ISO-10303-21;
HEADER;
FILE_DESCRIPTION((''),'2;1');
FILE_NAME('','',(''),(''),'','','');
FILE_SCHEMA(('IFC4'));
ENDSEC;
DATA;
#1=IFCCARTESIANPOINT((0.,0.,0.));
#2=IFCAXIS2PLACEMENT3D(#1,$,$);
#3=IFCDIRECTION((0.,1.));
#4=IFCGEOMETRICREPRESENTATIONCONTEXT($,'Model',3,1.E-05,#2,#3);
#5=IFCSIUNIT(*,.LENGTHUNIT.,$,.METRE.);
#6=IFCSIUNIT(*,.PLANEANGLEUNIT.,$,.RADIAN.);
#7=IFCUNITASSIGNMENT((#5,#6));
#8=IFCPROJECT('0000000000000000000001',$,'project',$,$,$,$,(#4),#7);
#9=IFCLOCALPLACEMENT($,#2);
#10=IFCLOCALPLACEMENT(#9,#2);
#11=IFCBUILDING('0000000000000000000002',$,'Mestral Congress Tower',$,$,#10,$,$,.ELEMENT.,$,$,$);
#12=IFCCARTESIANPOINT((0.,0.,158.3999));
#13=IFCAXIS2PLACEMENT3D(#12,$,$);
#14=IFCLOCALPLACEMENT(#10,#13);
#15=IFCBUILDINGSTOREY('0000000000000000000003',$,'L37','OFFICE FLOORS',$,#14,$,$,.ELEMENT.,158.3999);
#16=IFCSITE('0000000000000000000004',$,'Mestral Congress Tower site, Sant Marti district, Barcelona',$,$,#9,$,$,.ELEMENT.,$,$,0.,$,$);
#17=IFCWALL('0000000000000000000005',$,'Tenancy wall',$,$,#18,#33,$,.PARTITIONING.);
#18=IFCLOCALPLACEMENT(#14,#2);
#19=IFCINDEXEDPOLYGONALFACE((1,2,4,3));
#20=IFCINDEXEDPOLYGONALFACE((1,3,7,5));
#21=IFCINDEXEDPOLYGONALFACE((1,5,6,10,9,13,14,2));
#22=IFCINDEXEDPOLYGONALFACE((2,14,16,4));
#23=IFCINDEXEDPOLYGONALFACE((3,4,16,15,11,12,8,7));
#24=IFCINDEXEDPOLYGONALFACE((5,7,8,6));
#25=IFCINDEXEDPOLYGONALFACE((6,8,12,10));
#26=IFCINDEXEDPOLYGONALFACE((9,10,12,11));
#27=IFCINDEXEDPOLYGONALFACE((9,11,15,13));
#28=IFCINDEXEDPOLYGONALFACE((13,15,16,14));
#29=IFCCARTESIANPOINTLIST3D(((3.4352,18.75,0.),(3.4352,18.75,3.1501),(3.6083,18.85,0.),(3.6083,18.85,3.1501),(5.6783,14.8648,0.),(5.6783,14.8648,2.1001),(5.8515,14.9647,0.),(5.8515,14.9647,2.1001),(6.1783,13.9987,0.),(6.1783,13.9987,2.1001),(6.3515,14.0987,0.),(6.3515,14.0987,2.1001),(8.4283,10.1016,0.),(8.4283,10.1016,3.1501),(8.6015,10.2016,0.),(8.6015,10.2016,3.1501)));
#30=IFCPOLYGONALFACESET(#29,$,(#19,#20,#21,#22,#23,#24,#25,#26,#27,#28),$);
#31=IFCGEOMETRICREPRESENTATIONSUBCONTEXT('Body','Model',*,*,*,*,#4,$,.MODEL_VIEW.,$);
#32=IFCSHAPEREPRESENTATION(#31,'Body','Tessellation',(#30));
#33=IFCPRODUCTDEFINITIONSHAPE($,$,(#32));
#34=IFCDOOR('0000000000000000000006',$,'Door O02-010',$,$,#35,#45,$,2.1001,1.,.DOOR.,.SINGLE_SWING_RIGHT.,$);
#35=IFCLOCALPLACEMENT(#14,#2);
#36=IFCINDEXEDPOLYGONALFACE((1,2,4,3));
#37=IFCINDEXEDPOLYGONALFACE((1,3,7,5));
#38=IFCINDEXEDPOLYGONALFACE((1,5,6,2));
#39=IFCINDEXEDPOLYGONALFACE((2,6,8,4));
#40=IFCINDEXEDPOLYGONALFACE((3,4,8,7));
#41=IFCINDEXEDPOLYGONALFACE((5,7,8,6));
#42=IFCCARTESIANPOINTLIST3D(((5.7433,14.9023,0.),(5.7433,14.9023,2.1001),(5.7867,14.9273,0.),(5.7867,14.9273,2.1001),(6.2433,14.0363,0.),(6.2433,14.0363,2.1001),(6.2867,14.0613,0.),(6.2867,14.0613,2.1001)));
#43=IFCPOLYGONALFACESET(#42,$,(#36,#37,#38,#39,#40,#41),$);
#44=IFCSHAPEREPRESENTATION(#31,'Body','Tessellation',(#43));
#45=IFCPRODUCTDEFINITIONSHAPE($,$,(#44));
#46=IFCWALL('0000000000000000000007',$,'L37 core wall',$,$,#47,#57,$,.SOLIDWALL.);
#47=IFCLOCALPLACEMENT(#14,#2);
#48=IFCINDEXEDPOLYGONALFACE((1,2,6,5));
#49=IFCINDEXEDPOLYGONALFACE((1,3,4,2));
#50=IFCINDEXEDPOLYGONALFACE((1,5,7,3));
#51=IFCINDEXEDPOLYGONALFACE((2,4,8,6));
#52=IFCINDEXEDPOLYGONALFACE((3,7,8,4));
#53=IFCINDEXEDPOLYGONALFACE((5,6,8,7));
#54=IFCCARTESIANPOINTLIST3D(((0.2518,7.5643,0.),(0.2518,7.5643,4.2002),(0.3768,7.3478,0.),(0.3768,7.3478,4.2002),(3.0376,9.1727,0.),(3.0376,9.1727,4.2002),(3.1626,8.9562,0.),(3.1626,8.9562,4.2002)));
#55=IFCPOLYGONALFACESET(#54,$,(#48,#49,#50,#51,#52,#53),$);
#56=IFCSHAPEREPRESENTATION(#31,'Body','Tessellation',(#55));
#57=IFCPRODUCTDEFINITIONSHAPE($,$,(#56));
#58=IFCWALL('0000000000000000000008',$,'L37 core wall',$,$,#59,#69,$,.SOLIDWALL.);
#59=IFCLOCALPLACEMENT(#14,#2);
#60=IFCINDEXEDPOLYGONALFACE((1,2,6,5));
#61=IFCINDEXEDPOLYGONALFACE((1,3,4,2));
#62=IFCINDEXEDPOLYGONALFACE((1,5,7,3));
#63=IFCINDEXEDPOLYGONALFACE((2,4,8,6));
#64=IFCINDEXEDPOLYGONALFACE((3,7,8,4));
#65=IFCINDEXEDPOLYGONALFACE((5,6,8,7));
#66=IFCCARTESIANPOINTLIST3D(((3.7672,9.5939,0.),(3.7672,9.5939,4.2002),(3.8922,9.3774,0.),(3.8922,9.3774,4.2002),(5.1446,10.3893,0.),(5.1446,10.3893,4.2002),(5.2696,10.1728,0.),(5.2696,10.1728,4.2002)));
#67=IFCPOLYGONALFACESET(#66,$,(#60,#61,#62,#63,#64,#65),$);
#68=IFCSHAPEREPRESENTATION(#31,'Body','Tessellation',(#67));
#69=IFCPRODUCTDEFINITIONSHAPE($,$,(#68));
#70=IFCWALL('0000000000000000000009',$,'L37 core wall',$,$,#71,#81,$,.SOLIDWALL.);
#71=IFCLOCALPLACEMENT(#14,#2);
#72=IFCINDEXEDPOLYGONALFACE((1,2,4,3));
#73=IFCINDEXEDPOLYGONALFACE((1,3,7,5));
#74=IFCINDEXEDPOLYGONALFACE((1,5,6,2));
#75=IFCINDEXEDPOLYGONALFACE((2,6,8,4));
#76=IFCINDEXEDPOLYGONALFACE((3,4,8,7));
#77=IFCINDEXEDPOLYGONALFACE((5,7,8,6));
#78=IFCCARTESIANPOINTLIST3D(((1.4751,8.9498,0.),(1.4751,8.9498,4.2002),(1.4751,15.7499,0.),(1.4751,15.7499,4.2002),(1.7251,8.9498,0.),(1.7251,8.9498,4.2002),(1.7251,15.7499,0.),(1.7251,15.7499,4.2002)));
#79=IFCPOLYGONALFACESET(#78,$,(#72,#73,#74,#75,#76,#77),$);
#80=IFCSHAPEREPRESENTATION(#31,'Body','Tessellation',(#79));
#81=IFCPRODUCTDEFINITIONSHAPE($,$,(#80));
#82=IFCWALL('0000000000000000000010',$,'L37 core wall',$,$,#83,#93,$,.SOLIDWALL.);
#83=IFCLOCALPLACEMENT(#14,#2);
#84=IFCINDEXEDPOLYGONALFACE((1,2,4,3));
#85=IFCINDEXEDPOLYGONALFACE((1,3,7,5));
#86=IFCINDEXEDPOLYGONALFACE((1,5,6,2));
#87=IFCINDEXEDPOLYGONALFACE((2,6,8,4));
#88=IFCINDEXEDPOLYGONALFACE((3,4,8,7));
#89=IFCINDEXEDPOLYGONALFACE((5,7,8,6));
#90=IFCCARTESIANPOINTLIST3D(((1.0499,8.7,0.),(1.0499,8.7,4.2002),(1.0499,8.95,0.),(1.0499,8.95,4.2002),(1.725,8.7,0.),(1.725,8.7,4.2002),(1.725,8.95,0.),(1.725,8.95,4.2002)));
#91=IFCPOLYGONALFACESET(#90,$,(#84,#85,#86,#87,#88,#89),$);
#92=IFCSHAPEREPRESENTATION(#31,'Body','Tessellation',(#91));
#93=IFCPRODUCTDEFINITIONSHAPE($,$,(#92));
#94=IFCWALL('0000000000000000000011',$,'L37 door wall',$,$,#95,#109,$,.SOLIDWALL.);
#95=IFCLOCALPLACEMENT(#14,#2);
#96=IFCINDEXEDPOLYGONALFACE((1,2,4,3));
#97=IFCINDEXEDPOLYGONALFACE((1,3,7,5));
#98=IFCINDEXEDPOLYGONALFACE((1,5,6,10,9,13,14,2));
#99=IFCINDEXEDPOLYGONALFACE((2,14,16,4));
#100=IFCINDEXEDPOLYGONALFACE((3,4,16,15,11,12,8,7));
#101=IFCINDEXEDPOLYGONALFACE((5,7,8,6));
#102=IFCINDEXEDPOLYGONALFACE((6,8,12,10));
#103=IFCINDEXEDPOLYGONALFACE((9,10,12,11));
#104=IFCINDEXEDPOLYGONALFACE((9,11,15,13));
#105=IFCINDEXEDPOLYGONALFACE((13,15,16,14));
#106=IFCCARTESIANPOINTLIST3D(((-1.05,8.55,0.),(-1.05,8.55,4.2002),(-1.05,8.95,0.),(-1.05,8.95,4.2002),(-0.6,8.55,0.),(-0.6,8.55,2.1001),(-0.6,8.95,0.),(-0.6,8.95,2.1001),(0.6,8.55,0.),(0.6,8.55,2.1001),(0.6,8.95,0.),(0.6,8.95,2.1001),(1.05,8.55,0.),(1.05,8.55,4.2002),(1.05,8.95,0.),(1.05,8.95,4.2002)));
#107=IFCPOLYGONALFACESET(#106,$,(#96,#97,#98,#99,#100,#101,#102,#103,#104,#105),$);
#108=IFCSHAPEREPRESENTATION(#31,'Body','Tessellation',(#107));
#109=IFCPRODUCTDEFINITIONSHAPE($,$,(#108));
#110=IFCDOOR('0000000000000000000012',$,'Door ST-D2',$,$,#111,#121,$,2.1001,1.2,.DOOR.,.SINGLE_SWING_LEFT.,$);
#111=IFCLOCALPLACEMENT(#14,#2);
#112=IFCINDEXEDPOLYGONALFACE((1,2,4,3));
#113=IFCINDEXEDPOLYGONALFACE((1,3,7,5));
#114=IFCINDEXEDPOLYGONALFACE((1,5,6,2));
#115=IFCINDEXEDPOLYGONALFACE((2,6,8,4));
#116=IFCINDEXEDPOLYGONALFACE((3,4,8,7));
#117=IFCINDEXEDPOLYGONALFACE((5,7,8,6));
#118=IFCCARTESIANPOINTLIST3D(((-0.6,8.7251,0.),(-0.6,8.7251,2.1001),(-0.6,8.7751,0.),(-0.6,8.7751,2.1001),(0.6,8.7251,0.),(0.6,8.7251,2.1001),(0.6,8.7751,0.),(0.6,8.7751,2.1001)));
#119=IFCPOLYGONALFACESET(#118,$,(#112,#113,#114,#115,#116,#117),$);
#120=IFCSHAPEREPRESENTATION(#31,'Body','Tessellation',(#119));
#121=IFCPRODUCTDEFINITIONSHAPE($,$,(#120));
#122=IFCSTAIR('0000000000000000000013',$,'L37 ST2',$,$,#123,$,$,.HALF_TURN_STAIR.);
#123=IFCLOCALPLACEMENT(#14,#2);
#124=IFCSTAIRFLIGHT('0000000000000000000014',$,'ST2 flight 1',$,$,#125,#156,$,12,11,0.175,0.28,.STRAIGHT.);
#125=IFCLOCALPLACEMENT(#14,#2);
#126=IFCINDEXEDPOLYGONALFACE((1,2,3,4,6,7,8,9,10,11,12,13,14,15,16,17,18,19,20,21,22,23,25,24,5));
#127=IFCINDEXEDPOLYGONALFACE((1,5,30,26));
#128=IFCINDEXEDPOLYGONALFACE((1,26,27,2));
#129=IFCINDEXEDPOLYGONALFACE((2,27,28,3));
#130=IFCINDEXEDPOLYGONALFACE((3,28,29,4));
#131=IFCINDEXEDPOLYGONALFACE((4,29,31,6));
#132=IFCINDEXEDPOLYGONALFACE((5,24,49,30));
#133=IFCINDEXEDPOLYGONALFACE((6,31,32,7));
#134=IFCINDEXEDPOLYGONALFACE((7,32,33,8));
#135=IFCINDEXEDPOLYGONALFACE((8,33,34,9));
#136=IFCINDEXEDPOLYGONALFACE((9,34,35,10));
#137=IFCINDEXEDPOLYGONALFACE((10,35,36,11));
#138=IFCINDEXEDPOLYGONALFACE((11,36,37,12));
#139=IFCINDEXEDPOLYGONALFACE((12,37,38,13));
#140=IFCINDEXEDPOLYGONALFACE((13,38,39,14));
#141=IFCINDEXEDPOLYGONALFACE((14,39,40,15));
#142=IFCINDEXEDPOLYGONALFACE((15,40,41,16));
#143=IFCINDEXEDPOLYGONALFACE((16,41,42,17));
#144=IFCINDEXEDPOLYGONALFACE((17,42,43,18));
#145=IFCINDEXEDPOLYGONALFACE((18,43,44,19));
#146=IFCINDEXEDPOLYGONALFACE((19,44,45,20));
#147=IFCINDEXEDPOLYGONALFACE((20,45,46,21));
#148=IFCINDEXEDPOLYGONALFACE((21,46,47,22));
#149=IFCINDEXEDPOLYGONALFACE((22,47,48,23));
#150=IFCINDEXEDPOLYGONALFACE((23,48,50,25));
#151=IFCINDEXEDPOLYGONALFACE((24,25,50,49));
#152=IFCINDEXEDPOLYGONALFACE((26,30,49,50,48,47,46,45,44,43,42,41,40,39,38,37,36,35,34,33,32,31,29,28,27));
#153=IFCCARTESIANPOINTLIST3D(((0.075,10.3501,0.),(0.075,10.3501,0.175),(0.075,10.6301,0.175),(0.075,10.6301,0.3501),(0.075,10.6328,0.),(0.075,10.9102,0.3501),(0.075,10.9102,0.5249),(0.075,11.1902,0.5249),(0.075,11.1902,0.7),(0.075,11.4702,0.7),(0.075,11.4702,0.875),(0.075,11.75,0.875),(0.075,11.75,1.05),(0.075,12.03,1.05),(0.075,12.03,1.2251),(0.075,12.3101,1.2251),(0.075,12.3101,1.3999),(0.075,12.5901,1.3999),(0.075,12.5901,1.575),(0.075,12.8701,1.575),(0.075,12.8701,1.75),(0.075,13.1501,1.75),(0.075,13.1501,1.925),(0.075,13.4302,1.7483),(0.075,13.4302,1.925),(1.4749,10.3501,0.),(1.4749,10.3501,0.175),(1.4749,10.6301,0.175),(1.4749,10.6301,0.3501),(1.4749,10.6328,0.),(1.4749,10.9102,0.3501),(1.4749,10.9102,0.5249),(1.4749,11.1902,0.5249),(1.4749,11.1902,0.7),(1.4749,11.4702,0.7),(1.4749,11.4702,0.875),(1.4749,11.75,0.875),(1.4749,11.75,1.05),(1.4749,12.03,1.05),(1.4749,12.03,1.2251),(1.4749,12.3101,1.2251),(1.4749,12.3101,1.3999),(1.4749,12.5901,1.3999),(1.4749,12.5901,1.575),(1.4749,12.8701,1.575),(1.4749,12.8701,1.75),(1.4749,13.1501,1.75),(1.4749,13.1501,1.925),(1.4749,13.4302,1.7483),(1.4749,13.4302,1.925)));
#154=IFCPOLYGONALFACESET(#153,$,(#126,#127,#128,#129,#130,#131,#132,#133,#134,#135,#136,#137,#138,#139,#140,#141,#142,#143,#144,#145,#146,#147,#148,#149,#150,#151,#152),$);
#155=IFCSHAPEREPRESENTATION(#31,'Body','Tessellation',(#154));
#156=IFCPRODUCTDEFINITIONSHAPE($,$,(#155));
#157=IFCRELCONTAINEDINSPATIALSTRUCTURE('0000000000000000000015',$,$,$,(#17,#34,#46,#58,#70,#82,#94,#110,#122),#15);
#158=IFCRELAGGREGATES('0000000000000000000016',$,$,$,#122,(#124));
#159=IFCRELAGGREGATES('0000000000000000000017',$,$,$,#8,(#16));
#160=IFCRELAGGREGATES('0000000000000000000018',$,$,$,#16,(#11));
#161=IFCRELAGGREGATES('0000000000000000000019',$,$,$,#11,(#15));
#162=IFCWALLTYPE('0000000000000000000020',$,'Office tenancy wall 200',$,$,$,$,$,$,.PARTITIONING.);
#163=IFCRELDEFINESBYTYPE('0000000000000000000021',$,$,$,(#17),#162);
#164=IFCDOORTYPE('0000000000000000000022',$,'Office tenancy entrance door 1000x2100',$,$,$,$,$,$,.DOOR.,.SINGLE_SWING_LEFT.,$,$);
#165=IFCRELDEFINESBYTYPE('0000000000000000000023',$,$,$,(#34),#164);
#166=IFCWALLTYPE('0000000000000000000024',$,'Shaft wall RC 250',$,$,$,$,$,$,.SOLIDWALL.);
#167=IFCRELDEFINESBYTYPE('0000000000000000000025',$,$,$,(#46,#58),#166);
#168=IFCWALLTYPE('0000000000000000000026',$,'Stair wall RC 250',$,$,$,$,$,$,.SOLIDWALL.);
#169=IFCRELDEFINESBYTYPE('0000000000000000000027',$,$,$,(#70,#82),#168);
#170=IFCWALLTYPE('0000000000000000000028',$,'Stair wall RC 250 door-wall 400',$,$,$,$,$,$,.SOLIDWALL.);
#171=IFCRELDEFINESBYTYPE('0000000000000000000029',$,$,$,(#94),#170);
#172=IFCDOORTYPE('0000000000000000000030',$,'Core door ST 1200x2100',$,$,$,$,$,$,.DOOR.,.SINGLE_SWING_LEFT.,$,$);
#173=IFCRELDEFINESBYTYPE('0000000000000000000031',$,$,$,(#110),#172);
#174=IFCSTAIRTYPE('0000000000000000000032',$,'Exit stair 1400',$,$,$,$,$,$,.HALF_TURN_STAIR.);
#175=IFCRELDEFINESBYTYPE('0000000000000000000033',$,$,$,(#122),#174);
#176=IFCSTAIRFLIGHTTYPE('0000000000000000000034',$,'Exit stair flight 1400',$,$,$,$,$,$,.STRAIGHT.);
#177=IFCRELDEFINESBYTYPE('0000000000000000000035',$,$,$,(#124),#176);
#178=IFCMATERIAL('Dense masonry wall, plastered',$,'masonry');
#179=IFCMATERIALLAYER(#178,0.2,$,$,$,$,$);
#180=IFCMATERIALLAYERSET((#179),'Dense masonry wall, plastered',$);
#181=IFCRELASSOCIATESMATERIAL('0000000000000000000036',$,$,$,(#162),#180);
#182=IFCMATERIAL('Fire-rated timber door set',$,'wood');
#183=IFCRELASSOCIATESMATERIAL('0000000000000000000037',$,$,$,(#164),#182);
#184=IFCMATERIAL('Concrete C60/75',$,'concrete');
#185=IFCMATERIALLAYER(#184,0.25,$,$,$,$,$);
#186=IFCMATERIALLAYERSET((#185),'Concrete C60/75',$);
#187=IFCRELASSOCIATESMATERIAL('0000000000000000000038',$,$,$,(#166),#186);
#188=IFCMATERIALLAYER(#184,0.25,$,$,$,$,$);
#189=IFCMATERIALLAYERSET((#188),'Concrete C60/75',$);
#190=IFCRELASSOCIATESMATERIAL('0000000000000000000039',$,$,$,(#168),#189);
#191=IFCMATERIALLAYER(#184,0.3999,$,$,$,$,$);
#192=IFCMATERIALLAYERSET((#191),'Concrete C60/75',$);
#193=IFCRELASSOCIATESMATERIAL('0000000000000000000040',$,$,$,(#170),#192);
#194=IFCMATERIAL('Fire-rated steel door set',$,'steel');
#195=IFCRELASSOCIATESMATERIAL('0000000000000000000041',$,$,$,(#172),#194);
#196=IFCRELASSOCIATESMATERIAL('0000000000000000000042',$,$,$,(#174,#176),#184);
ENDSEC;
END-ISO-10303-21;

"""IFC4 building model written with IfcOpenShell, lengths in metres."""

from ifc_helpers import new_model, si_unit, direction, frame, frame_2d, origin, place, context, subcontext, project, spatial, polyline, rectangle, outline, extrude, material, layer, layer_set, type_object, element, fill, aggregate, save


model = new_model("IFC4")

# Units and contexts
model_context = context("Model", 3, precision=1e-05, world=origin(), true_north=direction((0.0, 1.0)))
body_context = subcontext(model_context, "Body", "Model", "MODEL_VIEW")
ifc_project = project(units=[si_unit("LENGTHUNIT", "METRE"), si_unit("PLANEANGLEUNIT", "RADIAN")], contexts=[model_context])

# Site, building, storey
site_placement = place(None, origin())
site = spatial("IfcSite", under=ifc_project, at=site_placement, Name="Mestral Congress Tower site, Sant Marti district, Barcelona", CompositionType="ELEMENT", RefElevation=0.0)
building_placement = place(site_placement, origin())
building = spatial("IfcBuilding", under=site, at=building_placement, Name="Mestral Congress Tower", CompositionType="ELEMENT")
storey_placement = place(building_placement, frame((0.0, 0.0, 158.3999)))
storey = spatial("IfcBuildingStorey", under=building, at=storey_placement, Name="L37", Description="OFFICE FLOORS", CompositionType="ELEMENT", Elevation=158.3999)

# Shared definitions
ifc_material_1 = material(Name="Concrete C60/75", Category="concrete")

# Shared definitions
ifc_material_2 = material(Name="Fire-rated steel door set", Category="steel")

# Wall, opening, door
ifc_material_3 = material(Name="Dense masonry wall, plastered", Category="masonry")
ifc_layer_1 = layer(ifc_material_3, 0.2)
ifc_layer_set_1 = layer_set([ifc_layer_1], Name="Dense masonry wall, plastered")
wall_type_1 = type_object("IfcWallType", Name="Office tenancy wall 200", PredefinedType="PARTITIONING", material=ifc_layer_set_1)
wall_1_placement = place(storey_placement, frame((8.5149, 10.1516, 0.0), z_axis=(0.0, 0.0, 1.0), x_axis=(-0.499999, 0.866026, 0.0)))
wall_1 = element("IfcWall", 1, at=wall_1_placement, inside=storey, type_object=wall_type_1, Name="Tenancy wall", PredefinedType="PARTITIONING", context=body_context, shape_type="SweptSolid", body=[
    extrude(rectangle(XDim=9.9863, YDim=0.2, at=frame_2d((4.9932, 0.0))), origin(), (0.0, 0.0, 1.0), 3.1501),
])
opening_1_placement = place(wall_1_placement, frame((4.5, 0.0, 0.0)))
opening_1 = element("IfcOpeningElement", 2, at=opening_1_placement, cuts=wall_1, PredefinedType="OPENING", context=body_context, shape_type="SweptSolid", body=[
    extrude(rectangle(XDim=1.0, YDim=2.1001, at=frame_2d((0.5, 1.05))), frame((0.0, 0.1099, 0.0), z_axis=(0.0, -1.0, 0.0), x_axis=(1.0, 0.0, 0.0)), (0.0, 0.0, 1.0), 0.22),
])
ifc_material_4 = material(Name="Fire-rated timber door set", Category="wood")
door_type_1 = type_object("IfcDoorType", Name="Office tenancy entrance door 1000x2100", OperationType="SINGLE_SWING_LEFT", PredefinedType="DOOR", material=ifc_material_4)
door_1_placement = place(opening_1_placement, origin())
door_1 = element("IfcDoor", 3, at=door_1_placement, inside=storey, type_object=door_type_1, Name="Door O02-010", OperationType="SINGLE_SWING_RIGHT", OverallHeight=2.1001, OverallWidth=1.0, PredefinedType="DOOR", context=body_context, shape_type="SweptSolid", body=[
    extrude(rectangle(XDim=1.0, YDim=2.1001, at=frame_2d((0.5, 1.05))), frame((0.0, 0.0249, 0.0), z_axis=(0.0, -1.0, 0.0), x_axis=(1.0, 0.0, 0.0)), (0.0, 0.0, 1.0), 0.05),
])
fill(opening_1, door_1)

# Walls
ifc_layer_2 = layer(ifc_material_1, 0.25)
ifc_layer_set_2 = layer_set([ifc_layer_2], Name="Concrete C60/75")
wall_type_2 = type_object("IfcWallType", Name="Shaft wall RC 250", PredefinedType="SOLIDWALL", material=ifc_layer_set_2)
wall_2_placement = place(storey_placement, frame((3.1001, 9.0645, 0.0), z_axis=(0.0, 0.0, 1.0), x_axis=(-0.86603, -0.499992, 0.0)))
element("IfcWall", 4, at=wall_2_placement, inside=storey, type_object=wall_type_2, Name="L37 core wall", PredefinedType="SOLIDWALL", context=body_context, shape_type="SweptSolid", body=[
    extrude(rectangle(XDim=3.2168, YDim=0.25, at=frame_2d((1.6084, 0.0))), origin(), (0.0, 0.0, 1.0), 4.2002),
])
wall_3_placement = place(storey_placement, frame((3.8296, 9.4856, 0.0), z_axis=(0.0, 0.0, 1.0), x_axis=(0.865986, 0.500068, 0.0)))
element("IfcWall", 5, at=wall_3_placement, inside=storey, type_object=wall_type_2, Name="L37 core wall", PredefinedType="SOLIDWALL", context=body_context, shape_type="SweptSolid", body=[
    extrude(rectangle(XDim=1.5906, YDim=0.25, at=frame_2d((0.7954, 0.0))), origin(), (0.0, 0.0, 1.0), 4.2002),
])
ifc_layer_3 = layer(ifc_material_1, 0.25)
ifc_layer_set_3 = layer_set([ifc_layer_3], Name="Concrete C60/75")
wall_type_3 = type_object("IfcWallType", Name="Stair wall RC 250", PredefinedType="SOLIDWALL", material=ifc_layer_set_3)
wall_4_placement = place(storey_placement, frame((1.6001, 8.95, 0.0), z_axis=(0.0, 0.0, 1.0), x_axis=(0.0, 1.0, 0.0)))
element("IfcWall", 6, at=wall_4_placement, inside=storey, type_object=wall_type_3, Name="L37 core wall", PredefinedType="SOLIDWALL", context=body_context, shape_type="SweptSolid", body=[
    extrude(rectangle(XDim=6.8, YDim=0.25, at=frame_2d((3.3999, 0.0))), origin(), (0.0, 0.0, 1.0), 4.2002),
])
wall_5_placement = place(storey_placement, frame((1.05, 8.825, 0.0), z_axis=(0.0, 0.0, 1.0), x_axis=(1.0, 0.0, 0.0)))
element("IfcWall", 7, at=wall_5_placement, inside=storey, type_object=wall_type_3, Name="L37 core wall", PredefinedType="SOLIDWALL", context=body_context, shape_type="SweptSolid", body=[
    extrude(rectangle(XDim=0.675, YDim=0.25, at=frame_2d((0.3374, 0.0))), origin(), (0.0, 0.0, 1.0), 4.2002),
])

# Wall, opening, door
ifc_layer_4 = layer(ifc_material_1, 0.3999)
ifc_layer_set_4 = layer_set([ifc_layer_4], Name="Concrete C60/75")
wall_type_4 = type_object("IfcWallType", Name="Stair wall RC 250 door-wall 400", PredefinedType="SOLIDWALL", material=ifc_layer_set_4)
wall_6_placement = place(storey_placement, frame((1.05, 8.75, 0.0), z_axis=(0.0, 0.0, 1.0), x_axis=(-1.0, 0.0, 0.0)))
wall_6 = element("IfcWall", 8, at=wall_6_placement, inside=storey, type_object=wall_type_4, Name="L37 door wall", PredefinedType="SOLIDWALL", context=body_context, shape_type="SweptSolid", body=[
    extrude(rectangle(XDim=2.1001, YDim=0.3999, at=frame_2d((1.05, 0.0))), origin(), (0.0, 0.0, 1.0), 4.2002),
])
opening_2_placement = place(wall_6_placement, frame((0.45, 0.0, 0.0)))
opening_2 = element("IfcOpeningElement", 9, at=opening_2_placement, cuts=wall_6, PredefinedType="OPENING", context=body_context, shape_type="SweptSolid", body=[
    extrude(rectangle(XDim=1.2, YDim=2.1001, at=frame_2d((0.6001, 1.05))), frame((0.0, 0.21, 0.0), z_axis=(0.0, -1.0, 0.0), x_axis=(1.0, 0.0, 0.0)), (0.0, 0.0, 1.0), 0.4199),
])
door_type_2 = type_object("IfcDoorType", Name="Core door ST 1200x2100", OperationType="SINGLE_SWING_LEFT", PredefinedType="DOOR", material=ifc_material_2)
door_2_placement = place(opening_2_placement, origin())
door_2 = element("IfcDoor", 10, at=door_2_placement, inside=storey, type_object=door_type_2, Name="Door ST-D2", OperationType="SINGLE_SWING_LEFT", OverallHeight=2.1001, OverallWidth=1.2, PredefinedType="DOOR", context=body_context, shape_type="SweptSolid", body=[
    extrude(rectangle(XDim=1.2, YDim=2.1001, at=frame_2d((0.6001, 1.05))), frame((0.0, 0.0249, 0.0), z_axis=(0.0, -1.0, 0.0), x_axis=(1.0, 0.0, 0.0)), (0.0, 0.0, 1.0), 0.05),
])
fill(opening_2, door_2)

# Stair, stair flight
stair_type = type_object("IfcStairType", Name="Exit stair 1400", PredefinedType="HALF_TURN_STAIR", material=ifc_material_1)
stair_placement = place(storey_placement, origin())
stair = element("IfcStair", 11, at=stair_placement, inside=storey, type_object=stair_type, Name="L37 ST2", PredefinedType="HALF_TURN_STAIR")
stair_flight_type = type_object("IfcStairFlightType", Name="Exit stair flight 1400", PredefinedType="STRAIGHT", material=ifc_material_1)
stair_flight_placement = place(storey_placement, frame((0.7749, 10.3501, 0.0), z_axis=(0.0, 0.0, 1.0), x_axis=(0.0, 1.0, 0.0)))
stair_flight = element("IfcStairFlight", 12, at=stair_flight_placement, type_object=stair_flight_type, Name="ST2 flight 1", NumberOfRisers=12, NumberOfTreads=11, PredefinedType="STRAIGHT", RiserHeight=0.175, TreadLength=0.28, context=body_context, shape_type="SweptSolid", body=[
    extrude(outline(polyline([(0.0, 0.0), (0.0, 0.175), (0.28, 0.175), (0.28, 0.3501), (0.5601, 0.3501), (0.5601, 0.5249), (0.8401, 0.5249), (0.8401, 0.7), (1.1201, 0.7), (1.1201, 0.875), (1.3999, 0.875), (1.3999, 1.05), (1.6799, 1.05), (1.6799, 1.2251), (1.96, 1.2251), (1.96, 1.3999), (2.24, 1.3999), (2.24, 1.575), (2.52, 1.575), (2.52, 1.75), (2.8, 1.75), (2.8, 1.925), (3.0801, 1.925), (3.0801, 2.1001), (3.0801, 1.7483), (0.2827, 0.0), (0.0, 0.0)])), frame((0.0, 0.7, 0.0), z_axis=(0.0, -1.0, 0.0), x_axis=(1.0, 0.0, 0.0)), (0.0, 0.0, 1.0), 1.3999),
])
aggregate(stair, [stair_flight])

save(model, "model.ifc")
